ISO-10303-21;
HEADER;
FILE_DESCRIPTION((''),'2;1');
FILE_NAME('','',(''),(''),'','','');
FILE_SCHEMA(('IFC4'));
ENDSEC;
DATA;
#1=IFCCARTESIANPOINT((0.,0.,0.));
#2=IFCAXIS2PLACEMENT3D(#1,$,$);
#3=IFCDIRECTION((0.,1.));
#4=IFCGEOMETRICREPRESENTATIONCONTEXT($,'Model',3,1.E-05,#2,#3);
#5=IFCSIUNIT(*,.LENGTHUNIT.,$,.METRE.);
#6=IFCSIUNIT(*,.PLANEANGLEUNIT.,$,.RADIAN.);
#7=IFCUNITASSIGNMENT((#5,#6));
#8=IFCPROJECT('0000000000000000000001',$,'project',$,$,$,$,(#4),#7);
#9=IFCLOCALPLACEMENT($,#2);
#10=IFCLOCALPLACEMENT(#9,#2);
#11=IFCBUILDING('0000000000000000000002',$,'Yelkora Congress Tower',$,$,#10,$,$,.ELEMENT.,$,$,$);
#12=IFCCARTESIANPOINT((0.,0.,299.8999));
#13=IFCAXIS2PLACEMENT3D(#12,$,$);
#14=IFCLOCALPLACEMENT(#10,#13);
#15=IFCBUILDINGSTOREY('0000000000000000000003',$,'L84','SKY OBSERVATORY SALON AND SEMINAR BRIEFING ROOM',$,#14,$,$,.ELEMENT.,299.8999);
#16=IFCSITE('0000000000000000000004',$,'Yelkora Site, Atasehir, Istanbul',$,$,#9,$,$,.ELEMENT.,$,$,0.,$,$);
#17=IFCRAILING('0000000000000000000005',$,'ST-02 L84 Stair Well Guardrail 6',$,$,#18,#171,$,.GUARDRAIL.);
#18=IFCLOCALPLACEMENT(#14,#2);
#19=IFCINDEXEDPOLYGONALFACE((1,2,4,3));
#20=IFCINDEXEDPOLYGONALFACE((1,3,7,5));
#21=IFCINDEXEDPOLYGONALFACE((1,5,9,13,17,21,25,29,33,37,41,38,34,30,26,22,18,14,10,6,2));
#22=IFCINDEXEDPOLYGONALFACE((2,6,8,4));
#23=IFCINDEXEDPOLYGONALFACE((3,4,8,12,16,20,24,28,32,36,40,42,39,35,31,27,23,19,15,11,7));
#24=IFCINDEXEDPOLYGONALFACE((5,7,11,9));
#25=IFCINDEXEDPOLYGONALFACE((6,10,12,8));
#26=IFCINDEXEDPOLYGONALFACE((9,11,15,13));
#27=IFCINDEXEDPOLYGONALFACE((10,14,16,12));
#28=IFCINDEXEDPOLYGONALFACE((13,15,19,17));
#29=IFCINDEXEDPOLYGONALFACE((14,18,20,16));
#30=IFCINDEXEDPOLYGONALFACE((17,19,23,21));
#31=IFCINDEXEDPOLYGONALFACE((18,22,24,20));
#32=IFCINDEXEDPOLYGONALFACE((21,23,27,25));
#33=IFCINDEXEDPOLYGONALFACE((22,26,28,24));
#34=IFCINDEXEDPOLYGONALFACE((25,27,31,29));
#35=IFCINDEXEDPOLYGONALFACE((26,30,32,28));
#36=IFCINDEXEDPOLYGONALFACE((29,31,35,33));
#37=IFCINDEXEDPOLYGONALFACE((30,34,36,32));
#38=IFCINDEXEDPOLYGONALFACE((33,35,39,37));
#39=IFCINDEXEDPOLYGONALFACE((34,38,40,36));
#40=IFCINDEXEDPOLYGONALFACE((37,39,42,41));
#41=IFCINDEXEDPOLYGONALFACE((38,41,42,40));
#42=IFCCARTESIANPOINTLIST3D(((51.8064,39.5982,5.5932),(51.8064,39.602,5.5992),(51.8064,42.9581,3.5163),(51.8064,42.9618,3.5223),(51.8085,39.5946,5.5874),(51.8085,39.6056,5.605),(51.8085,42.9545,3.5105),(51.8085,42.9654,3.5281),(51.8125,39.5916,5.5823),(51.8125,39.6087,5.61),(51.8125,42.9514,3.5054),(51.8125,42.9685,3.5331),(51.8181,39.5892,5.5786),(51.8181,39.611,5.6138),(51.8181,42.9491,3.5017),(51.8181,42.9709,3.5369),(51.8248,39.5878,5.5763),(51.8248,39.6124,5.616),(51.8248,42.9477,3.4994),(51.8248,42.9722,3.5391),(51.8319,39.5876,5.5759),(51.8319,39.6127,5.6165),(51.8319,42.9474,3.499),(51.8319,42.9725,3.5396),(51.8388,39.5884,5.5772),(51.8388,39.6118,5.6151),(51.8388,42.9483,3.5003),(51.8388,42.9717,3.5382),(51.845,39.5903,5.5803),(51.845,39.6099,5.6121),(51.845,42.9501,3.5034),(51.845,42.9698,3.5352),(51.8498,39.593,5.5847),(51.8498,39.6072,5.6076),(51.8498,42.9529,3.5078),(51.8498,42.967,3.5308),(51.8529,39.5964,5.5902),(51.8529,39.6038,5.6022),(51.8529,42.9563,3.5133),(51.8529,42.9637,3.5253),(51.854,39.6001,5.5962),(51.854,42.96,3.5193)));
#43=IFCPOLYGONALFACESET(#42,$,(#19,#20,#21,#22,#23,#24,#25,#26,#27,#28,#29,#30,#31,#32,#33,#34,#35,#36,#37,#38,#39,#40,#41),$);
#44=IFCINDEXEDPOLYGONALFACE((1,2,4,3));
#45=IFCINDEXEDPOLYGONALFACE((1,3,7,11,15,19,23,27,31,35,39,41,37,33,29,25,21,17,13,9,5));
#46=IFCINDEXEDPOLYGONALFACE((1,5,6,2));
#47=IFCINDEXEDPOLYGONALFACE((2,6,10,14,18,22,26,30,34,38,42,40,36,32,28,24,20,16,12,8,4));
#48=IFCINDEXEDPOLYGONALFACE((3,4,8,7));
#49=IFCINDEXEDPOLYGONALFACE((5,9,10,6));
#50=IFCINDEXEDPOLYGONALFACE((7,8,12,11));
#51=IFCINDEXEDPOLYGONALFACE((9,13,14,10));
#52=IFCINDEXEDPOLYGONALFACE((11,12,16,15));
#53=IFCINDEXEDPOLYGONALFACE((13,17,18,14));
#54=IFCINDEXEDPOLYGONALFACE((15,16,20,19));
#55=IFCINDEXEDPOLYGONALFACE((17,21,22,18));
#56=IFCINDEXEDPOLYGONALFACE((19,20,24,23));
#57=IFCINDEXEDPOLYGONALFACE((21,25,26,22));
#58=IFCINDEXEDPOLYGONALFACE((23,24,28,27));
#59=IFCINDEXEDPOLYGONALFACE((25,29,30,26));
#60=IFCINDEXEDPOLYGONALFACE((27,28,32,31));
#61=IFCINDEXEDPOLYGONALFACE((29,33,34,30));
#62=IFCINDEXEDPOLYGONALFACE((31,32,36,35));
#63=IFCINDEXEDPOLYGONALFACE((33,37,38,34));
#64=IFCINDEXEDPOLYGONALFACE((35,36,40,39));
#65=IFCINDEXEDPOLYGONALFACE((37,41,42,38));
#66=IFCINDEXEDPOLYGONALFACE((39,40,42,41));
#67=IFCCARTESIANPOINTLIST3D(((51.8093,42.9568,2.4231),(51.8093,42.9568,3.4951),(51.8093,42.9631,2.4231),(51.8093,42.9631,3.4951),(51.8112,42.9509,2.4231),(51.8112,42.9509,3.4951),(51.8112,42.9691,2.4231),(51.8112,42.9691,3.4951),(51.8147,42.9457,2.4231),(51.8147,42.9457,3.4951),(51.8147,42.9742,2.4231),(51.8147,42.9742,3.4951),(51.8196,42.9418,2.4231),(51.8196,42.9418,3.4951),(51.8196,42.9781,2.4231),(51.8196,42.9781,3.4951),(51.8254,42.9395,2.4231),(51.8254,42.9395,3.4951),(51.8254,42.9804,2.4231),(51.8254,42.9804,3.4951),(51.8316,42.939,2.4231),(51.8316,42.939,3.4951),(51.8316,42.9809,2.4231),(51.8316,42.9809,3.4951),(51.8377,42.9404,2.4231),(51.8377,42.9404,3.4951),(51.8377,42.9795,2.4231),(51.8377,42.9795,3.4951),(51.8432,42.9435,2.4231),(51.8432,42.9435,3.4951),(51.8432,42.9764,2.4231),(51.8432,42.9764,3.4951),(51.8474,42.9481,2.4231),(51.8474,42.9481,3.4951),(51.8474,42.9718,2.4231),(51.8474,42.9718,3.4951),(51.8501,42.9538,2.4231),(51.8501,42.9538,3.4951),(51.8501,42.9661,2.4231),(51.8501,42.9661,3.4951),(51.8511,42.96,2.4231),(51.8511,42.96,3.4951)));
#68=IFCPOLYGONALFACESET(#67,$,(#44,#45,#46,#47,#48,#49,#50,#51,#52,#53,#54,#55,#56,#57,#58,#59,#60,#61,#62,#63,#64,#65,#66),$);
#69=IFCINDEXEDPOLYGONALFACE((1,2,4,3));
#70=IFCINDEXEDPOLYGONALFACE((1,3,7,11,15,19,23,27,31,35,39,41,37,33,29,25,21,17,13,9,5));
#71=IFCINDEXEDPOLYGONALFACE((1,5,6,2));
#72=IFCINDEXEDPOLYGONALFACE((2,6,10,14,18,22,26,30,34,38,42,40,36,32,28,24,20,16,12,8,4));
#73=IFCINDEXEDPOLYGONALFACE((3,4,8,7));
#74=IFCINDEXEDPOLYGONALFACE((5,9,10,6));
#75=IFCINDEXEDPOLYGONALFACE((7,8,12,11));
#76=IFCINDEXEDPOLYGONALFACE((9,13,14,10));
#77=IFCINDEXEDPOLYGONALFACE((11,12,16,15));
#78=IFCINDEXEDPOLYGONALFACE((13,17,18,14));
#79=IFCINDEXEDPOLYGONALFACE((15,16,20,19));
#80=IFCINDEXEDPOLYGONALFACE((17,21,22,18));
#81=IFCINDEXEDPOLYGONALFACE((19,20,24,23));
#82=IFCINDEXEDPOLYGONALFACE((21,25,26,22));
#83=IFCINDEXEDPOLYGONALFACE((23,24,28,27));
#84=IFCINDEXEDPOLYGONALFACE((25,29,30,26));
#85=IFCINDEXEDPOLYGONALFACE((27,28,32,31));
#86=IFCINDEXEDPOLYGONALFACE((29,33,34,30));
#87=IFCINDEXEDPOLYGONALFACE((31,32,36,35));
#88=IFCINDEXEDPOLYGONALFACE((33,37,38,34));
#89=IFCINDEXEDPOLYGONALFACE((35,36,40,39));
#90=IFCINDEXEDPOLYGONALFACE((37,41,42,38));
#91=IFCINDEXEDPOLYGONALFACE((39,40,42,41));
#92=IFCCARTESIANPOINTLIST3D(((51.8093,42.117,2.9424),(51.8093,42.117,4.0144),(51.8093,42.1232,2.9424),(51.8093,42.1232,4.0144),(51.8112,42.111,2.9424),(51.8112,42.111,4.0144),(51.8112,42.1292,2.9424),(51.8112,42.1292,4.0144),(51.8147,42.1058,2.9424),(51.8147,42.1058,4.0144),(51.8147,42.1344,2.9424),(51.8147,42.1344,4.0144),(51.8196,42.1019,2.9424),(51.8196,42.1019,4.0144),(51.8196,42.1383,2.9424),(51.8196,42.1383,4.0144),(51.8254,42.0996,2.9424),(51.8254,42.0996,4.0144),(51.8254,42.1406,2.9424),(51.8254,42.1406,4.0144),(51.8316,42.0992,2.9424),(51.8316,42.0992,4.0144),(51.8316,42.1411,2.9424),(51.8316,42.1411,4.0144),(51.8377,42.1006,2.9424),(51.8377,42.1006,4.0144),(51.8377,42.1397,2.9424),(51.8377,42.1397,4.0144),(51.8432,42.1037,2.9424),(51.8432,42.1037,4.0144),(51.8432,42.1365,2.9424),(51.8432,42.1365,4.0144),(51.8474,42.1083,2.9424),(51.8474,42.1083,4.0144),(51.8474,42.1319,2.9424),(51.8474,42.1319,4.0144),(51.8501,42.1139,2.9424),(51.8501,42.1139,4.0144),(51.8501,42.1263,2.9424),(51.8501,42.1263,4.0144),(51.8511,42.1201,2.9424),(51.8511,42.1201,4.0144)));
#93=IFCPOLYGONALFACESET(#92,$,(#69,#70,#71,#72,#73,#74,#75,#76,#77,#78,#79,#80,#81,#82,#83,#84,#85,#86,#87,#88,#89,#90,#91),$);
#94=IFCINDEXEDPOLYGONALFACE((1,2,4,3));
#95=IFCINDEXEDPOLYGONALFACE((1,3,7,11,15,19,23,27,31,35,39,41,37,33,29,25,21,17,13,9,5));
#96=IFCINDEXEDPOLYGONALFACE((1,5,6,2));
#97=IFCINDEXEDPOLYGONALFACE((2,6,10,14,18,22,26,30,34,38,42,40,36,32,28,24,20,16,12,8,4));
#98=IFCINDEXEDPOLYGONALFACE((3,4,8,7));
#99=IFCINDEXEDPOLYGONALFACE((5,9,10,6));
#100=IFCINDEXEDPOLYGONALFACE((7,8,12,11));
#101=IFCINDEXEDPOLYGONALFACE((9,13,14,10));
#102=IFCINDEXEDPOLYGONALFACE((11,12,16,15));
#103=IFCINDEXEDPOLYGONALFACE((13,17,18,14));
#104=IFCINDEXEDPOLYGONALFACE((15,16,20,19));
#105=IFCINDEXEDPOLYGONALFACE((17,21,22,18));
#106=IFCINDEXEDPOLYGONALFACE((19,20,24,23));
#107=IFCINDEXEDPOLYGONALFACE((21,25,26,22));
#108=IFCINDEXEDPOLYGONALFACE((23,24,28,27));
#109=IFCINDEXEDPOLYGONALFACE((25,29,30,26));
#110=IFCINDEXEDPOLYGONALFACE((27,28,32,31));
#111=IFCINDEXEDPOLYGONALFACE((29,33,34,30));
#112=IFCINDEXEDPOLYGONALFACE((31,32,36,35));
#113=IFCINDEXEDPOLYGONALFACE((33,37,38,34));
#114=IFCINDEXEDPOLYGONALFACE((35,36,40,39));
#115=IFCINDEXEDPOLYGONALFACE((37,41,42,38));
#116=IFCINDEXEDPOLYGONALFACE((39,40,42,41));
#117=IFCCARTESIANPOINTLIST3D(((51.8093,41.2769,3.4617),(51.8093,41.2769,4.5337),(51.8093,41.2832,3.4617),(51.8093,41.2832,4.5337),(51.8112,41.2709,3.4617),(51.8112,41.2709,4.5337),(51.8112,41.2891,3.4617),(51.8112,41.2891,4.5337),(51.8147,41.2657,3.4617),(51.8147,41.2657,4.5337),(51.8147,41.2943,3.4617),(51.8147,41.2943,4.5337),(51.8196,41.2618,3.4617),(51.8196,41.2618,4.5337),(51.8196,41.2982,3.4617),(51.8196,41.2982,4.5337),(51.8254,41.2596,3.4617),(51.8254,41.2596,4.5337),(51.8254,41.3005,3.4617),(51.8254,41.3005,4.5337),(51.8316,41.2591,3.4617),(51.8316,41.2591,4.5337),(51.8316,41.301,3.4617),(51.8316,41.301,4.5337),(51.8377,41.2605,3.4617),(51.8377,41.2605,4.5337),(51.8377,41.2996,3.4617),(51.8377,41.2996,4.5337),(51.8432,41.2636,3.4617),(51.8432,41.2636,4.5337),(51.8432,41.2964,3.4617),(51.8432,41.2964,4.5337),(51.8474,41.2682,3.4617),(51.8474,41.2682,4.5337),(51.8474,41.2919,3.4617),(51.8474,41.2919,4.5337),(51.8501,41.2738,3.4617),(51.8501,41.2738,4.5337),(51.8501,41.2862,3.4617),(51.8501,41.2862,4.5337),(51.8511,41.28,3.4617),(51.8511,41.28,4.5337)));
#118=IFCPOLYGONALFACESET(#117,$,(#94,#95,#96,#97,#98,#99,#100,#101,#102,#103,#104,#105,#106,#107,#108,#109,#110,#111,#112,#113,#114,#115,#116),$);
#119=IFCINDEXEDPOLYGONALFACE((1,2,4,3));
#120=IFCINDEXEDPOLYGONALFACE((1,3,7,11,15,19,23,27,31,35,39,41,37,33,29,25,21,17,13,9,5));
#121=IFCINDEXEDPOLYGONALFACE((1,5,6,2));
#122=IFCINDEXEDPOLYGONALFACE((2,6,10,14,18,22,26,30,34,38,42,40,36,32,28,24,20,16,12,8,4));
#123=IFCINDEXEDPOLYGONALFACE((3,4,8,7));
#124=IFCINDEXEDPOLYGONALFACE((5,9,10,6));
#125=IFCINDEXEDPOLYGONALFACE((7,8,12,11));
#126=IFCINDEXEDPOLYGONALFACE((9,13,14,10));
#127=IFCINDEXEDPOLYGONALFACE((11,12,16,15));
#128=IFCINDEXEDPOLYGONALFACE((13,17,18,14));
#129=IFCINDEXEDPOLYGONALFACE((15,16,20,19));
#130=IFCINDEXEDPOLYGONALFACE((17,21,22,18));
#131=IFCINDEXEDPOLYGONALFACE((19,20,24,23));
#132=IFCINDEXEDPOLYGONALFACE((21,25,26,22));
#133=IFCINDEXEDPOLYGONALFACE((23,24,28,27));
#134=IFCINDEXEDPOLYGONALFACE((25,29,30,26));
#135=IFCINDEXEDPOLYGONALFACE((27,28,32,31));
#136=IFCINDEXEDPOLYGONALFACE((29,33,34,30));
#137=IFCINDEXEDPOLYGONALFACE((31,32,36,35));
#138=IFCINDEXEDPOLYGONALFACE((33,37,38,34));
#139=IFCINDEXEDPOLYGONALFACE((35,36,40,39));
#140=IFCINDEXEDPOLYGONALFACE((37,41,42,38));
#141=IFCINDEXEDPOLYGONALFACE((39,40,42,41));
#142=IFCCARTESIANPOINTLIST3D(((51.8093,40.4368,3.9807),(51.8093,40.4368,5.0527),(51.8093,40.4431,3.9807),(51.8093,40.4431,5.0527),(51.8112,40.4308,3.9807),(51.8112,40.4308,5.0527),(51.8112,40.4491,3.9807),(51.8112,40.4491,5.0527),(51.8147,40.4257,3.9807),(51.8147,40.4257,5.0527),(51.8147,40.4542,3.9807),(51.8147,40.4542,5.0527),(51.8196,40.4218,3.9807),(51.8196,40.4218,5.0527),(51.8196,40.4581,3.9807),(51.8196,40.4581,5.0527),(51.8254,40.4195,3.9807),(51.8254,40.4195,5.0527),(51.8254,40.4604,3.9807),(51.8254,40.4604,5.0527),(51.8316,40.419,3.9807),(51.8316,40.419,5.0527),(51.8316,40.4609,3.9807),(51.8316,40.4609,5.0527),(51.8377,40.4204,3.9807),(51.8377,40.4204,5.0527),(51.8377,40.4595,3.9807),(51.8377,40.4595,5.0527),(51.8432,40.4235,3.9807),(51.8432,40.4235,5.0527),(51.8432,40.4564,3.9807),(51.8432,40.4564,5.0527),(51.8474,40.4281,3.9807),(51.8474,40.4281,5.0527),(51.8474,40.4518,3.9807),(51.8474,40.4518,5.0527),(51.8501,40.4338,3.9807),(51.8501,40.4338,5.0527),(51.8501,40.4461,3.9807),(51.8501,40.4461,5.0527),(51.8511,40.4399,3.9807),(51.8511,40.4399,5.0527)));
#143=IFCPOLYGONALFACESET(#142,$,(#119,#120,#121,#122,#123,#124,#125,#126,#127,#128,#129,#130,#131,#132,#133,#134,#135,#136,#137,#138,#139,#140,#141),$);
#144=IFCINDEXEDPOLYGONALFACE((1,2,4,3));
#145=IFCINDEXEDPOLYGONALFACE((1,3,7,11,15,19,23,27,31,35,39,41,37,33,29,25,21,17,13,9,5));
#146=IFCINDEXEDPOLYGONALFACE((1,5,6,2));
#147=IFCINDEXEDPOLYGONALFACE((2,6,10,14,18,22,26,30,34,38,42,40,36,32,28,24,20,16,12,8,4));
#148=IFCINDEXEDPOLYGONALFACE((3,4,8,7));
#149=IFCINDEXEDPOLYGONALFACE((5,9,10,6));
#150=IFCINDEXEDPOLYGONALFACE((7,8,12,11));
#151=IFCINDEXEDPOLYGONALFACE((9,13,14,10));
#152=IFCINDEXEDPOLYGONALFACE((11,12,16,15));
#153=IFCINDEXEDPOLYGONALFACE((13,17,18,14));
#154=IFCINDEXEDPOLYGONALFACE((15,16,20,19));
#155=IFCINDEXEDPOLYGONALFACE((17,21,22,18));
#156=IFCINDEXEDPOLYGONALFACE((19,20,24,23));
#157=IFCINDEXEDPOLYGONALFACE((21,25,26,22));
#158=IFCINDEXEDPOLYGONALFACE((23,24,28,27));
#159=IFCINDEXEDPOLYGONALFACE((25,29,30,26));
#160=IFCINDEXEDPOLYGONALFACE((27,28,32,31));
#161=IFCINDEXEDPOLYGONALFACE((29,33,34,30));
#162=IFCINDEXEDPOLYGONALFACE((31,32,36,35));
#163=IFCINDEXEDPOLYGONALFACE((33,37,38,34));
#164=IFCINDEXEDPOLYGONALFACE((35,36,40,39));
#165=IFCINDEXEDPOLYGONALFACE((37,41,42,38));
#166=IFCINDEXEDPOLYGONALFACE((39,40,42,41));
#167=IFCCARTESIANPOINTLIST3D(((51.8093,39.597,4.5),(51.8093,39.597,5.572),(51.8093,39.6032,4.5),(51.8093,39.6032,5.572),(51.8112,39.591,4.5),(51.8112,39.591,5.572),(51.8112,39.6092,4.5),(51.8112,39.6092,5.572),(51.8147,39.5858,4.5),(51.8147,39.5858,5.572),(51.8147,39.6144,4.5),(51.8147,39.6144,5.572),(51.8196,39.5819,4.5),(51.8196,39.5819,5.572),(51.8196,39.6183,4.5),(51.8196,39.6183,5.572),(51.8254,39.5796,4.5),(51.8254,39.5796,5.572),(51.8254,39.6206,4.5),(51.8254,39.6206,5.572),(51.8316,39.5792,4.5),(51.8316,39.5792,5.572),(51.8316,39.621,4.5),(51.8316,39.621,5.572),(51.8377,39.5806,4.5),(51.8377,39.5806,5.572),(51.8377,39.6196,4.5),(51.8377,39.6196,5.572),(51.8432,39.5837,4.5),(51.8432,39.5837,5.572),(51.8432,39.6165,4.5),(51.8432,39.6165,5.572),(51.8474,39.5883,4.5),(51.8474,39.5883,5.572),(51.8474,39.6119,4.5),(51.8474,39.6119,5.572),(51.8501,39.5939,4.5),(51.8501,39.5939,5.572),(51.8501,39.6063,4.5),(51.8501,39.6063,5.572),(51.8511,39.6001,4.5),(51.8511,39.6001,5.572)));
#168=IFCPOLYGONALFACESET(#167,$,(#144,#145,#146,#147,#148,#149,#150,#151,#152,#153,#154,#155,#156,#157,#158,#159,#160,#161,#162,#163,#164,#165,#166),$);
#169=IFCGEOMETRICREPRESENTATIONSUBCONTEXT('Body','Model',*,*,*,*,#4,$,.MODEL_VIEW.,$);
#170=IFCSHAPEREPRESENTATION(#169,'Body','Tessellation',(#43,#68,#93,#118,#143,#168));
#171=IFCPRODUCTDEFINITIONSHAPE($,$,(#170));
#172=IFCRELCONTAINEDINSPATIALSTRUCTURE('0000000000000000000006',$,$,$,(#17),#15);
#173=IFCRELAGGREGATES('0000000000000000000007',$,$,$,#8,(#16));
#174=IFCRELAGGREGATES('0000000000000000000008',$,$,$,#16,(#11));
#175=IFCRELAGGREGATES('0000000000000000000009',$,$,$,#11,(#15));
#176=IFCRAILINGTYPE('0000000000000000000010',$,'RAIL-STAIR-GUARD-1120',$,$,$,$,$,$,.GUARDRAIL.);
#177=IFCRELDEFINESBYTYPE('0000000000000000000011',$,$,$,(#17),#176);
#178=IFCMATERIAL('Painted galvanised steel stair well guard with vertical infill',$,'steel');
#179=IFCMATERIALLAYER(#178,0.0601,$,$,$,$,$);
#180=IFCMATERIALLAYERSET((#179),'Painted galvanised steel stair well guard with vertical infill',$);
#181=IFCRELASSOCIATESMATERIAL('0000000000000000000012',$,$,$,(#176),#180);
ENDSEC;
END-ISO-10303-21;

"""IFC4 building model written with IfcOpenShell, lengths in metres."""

from ifc_helpers import new_model, si_unit, direction, frame, origin, origin_2d, place, context, subcontext, project, spatial, circle, extrude, material, layer, layer_set, type_object, element, save


model = new_model("IFC4")

# Units and contexts
model_context = context("Model", 3, precision=1e-05, world=origin(), true_north=direction((0.0, 1.0)))
body_context = subcontext(model_context, "Body", "Model", "MODEL_VIEW")
ifc_project = project(units=[si_unit("LENGTHUNIT", "METRE"), si_unit("PLANEANGLEUNIT", "RADIAN")], contexts=[model_context])

# Site, building, storey
site_placement = place(None, origin())
site = spatial("IfcSite", under=ifc_project, at=site_placement, Name="Yelkora Site, Atasehir, Istanbul", CompositionType="ELEMENT", RefElevation=0.0)
building_placement = place(site_placement, origin())
building = spatial("IfcBuilding", under=site, at=building_placement, Name="Yelkora Congress Tower", CompositionType="ELEMENT")
storey_placement = place(building_placement, frame((0.0, 0.0, 299.8999)))
storey = spatial("IfcBuildingStorey", under=building, at=storey_placement, Name="L84", Description="SKY OBSERVATORY SALON AND SEMINAR BRIEFING ROOM", CompositionType="ELEMENT", Elevation=299.8999)

# Railing
ifc_material_1 = material(Name="Painted galvanised steel stair well guard with vertical infill", Category="steel")
ifc_layer_1 = layer(ifc_material_1, 0.0601)
ifc_layer_set_1 = layer_set([ifc_layer_1], Name="Painted galvanised steel stair well guard with vertical infill")
railing_type_1 = type_object("IfcRailingType", Name="RAIL-STAIR-GUARD-1120", PredefinedType="GUARDRAIL", material=ifc_layer_set_1)
railing_1_placement = place(storey_placement, frame((51.8301, 42.96, 2.4231)))
element("IfcRailing", 1, at=railing_1_placement, inside=storey, type_object=railing_type_1, Name="ST-02 L84 Stair Well Guardrail 6", PredefinedType="GUARDRAIL", context=body_context, shape_type="SweptSolid", body=[
    extrude(circle(Radius=0.0239, at=origin_2d()), frame((0.0, 0.0, 1.0962), z_axis=(0.0, -0.850606, 0.525803), x_axis=(1.0, 0.0, 0.0)), (0.0, 0.0, 1.0), 3.95),
    extrude(circle(Radius=0.021, at=origin_2d()), origin(), (0.0, 0.0, 1.0), 1.072),
    extrude(circle(Radius=0.021, at=origin_2d()), frame((0.0, -0.8398, 0.5193)), (0.0, 0.0, 1.0), 1.072),
    extrude(circle(Radius=0.021, at=origin_2d()), frame((0.0, -1.6799, 1.0386)), (0.0, 0.0, 1.0), 1.072),
    extrude(circle(Radius=0.021, at=origin_2d()), frame((0.0, -2.52, 1.5576)), (0.0, 0.0, 1.0), 1.072),
    extrude(circle(Radius=0.021, at=origin_2d()), frame((0.0, -3.3599, 2.0769)), (0.0, 0.0, 1.0), 1.072),
])

save(model, "model.ifc")
